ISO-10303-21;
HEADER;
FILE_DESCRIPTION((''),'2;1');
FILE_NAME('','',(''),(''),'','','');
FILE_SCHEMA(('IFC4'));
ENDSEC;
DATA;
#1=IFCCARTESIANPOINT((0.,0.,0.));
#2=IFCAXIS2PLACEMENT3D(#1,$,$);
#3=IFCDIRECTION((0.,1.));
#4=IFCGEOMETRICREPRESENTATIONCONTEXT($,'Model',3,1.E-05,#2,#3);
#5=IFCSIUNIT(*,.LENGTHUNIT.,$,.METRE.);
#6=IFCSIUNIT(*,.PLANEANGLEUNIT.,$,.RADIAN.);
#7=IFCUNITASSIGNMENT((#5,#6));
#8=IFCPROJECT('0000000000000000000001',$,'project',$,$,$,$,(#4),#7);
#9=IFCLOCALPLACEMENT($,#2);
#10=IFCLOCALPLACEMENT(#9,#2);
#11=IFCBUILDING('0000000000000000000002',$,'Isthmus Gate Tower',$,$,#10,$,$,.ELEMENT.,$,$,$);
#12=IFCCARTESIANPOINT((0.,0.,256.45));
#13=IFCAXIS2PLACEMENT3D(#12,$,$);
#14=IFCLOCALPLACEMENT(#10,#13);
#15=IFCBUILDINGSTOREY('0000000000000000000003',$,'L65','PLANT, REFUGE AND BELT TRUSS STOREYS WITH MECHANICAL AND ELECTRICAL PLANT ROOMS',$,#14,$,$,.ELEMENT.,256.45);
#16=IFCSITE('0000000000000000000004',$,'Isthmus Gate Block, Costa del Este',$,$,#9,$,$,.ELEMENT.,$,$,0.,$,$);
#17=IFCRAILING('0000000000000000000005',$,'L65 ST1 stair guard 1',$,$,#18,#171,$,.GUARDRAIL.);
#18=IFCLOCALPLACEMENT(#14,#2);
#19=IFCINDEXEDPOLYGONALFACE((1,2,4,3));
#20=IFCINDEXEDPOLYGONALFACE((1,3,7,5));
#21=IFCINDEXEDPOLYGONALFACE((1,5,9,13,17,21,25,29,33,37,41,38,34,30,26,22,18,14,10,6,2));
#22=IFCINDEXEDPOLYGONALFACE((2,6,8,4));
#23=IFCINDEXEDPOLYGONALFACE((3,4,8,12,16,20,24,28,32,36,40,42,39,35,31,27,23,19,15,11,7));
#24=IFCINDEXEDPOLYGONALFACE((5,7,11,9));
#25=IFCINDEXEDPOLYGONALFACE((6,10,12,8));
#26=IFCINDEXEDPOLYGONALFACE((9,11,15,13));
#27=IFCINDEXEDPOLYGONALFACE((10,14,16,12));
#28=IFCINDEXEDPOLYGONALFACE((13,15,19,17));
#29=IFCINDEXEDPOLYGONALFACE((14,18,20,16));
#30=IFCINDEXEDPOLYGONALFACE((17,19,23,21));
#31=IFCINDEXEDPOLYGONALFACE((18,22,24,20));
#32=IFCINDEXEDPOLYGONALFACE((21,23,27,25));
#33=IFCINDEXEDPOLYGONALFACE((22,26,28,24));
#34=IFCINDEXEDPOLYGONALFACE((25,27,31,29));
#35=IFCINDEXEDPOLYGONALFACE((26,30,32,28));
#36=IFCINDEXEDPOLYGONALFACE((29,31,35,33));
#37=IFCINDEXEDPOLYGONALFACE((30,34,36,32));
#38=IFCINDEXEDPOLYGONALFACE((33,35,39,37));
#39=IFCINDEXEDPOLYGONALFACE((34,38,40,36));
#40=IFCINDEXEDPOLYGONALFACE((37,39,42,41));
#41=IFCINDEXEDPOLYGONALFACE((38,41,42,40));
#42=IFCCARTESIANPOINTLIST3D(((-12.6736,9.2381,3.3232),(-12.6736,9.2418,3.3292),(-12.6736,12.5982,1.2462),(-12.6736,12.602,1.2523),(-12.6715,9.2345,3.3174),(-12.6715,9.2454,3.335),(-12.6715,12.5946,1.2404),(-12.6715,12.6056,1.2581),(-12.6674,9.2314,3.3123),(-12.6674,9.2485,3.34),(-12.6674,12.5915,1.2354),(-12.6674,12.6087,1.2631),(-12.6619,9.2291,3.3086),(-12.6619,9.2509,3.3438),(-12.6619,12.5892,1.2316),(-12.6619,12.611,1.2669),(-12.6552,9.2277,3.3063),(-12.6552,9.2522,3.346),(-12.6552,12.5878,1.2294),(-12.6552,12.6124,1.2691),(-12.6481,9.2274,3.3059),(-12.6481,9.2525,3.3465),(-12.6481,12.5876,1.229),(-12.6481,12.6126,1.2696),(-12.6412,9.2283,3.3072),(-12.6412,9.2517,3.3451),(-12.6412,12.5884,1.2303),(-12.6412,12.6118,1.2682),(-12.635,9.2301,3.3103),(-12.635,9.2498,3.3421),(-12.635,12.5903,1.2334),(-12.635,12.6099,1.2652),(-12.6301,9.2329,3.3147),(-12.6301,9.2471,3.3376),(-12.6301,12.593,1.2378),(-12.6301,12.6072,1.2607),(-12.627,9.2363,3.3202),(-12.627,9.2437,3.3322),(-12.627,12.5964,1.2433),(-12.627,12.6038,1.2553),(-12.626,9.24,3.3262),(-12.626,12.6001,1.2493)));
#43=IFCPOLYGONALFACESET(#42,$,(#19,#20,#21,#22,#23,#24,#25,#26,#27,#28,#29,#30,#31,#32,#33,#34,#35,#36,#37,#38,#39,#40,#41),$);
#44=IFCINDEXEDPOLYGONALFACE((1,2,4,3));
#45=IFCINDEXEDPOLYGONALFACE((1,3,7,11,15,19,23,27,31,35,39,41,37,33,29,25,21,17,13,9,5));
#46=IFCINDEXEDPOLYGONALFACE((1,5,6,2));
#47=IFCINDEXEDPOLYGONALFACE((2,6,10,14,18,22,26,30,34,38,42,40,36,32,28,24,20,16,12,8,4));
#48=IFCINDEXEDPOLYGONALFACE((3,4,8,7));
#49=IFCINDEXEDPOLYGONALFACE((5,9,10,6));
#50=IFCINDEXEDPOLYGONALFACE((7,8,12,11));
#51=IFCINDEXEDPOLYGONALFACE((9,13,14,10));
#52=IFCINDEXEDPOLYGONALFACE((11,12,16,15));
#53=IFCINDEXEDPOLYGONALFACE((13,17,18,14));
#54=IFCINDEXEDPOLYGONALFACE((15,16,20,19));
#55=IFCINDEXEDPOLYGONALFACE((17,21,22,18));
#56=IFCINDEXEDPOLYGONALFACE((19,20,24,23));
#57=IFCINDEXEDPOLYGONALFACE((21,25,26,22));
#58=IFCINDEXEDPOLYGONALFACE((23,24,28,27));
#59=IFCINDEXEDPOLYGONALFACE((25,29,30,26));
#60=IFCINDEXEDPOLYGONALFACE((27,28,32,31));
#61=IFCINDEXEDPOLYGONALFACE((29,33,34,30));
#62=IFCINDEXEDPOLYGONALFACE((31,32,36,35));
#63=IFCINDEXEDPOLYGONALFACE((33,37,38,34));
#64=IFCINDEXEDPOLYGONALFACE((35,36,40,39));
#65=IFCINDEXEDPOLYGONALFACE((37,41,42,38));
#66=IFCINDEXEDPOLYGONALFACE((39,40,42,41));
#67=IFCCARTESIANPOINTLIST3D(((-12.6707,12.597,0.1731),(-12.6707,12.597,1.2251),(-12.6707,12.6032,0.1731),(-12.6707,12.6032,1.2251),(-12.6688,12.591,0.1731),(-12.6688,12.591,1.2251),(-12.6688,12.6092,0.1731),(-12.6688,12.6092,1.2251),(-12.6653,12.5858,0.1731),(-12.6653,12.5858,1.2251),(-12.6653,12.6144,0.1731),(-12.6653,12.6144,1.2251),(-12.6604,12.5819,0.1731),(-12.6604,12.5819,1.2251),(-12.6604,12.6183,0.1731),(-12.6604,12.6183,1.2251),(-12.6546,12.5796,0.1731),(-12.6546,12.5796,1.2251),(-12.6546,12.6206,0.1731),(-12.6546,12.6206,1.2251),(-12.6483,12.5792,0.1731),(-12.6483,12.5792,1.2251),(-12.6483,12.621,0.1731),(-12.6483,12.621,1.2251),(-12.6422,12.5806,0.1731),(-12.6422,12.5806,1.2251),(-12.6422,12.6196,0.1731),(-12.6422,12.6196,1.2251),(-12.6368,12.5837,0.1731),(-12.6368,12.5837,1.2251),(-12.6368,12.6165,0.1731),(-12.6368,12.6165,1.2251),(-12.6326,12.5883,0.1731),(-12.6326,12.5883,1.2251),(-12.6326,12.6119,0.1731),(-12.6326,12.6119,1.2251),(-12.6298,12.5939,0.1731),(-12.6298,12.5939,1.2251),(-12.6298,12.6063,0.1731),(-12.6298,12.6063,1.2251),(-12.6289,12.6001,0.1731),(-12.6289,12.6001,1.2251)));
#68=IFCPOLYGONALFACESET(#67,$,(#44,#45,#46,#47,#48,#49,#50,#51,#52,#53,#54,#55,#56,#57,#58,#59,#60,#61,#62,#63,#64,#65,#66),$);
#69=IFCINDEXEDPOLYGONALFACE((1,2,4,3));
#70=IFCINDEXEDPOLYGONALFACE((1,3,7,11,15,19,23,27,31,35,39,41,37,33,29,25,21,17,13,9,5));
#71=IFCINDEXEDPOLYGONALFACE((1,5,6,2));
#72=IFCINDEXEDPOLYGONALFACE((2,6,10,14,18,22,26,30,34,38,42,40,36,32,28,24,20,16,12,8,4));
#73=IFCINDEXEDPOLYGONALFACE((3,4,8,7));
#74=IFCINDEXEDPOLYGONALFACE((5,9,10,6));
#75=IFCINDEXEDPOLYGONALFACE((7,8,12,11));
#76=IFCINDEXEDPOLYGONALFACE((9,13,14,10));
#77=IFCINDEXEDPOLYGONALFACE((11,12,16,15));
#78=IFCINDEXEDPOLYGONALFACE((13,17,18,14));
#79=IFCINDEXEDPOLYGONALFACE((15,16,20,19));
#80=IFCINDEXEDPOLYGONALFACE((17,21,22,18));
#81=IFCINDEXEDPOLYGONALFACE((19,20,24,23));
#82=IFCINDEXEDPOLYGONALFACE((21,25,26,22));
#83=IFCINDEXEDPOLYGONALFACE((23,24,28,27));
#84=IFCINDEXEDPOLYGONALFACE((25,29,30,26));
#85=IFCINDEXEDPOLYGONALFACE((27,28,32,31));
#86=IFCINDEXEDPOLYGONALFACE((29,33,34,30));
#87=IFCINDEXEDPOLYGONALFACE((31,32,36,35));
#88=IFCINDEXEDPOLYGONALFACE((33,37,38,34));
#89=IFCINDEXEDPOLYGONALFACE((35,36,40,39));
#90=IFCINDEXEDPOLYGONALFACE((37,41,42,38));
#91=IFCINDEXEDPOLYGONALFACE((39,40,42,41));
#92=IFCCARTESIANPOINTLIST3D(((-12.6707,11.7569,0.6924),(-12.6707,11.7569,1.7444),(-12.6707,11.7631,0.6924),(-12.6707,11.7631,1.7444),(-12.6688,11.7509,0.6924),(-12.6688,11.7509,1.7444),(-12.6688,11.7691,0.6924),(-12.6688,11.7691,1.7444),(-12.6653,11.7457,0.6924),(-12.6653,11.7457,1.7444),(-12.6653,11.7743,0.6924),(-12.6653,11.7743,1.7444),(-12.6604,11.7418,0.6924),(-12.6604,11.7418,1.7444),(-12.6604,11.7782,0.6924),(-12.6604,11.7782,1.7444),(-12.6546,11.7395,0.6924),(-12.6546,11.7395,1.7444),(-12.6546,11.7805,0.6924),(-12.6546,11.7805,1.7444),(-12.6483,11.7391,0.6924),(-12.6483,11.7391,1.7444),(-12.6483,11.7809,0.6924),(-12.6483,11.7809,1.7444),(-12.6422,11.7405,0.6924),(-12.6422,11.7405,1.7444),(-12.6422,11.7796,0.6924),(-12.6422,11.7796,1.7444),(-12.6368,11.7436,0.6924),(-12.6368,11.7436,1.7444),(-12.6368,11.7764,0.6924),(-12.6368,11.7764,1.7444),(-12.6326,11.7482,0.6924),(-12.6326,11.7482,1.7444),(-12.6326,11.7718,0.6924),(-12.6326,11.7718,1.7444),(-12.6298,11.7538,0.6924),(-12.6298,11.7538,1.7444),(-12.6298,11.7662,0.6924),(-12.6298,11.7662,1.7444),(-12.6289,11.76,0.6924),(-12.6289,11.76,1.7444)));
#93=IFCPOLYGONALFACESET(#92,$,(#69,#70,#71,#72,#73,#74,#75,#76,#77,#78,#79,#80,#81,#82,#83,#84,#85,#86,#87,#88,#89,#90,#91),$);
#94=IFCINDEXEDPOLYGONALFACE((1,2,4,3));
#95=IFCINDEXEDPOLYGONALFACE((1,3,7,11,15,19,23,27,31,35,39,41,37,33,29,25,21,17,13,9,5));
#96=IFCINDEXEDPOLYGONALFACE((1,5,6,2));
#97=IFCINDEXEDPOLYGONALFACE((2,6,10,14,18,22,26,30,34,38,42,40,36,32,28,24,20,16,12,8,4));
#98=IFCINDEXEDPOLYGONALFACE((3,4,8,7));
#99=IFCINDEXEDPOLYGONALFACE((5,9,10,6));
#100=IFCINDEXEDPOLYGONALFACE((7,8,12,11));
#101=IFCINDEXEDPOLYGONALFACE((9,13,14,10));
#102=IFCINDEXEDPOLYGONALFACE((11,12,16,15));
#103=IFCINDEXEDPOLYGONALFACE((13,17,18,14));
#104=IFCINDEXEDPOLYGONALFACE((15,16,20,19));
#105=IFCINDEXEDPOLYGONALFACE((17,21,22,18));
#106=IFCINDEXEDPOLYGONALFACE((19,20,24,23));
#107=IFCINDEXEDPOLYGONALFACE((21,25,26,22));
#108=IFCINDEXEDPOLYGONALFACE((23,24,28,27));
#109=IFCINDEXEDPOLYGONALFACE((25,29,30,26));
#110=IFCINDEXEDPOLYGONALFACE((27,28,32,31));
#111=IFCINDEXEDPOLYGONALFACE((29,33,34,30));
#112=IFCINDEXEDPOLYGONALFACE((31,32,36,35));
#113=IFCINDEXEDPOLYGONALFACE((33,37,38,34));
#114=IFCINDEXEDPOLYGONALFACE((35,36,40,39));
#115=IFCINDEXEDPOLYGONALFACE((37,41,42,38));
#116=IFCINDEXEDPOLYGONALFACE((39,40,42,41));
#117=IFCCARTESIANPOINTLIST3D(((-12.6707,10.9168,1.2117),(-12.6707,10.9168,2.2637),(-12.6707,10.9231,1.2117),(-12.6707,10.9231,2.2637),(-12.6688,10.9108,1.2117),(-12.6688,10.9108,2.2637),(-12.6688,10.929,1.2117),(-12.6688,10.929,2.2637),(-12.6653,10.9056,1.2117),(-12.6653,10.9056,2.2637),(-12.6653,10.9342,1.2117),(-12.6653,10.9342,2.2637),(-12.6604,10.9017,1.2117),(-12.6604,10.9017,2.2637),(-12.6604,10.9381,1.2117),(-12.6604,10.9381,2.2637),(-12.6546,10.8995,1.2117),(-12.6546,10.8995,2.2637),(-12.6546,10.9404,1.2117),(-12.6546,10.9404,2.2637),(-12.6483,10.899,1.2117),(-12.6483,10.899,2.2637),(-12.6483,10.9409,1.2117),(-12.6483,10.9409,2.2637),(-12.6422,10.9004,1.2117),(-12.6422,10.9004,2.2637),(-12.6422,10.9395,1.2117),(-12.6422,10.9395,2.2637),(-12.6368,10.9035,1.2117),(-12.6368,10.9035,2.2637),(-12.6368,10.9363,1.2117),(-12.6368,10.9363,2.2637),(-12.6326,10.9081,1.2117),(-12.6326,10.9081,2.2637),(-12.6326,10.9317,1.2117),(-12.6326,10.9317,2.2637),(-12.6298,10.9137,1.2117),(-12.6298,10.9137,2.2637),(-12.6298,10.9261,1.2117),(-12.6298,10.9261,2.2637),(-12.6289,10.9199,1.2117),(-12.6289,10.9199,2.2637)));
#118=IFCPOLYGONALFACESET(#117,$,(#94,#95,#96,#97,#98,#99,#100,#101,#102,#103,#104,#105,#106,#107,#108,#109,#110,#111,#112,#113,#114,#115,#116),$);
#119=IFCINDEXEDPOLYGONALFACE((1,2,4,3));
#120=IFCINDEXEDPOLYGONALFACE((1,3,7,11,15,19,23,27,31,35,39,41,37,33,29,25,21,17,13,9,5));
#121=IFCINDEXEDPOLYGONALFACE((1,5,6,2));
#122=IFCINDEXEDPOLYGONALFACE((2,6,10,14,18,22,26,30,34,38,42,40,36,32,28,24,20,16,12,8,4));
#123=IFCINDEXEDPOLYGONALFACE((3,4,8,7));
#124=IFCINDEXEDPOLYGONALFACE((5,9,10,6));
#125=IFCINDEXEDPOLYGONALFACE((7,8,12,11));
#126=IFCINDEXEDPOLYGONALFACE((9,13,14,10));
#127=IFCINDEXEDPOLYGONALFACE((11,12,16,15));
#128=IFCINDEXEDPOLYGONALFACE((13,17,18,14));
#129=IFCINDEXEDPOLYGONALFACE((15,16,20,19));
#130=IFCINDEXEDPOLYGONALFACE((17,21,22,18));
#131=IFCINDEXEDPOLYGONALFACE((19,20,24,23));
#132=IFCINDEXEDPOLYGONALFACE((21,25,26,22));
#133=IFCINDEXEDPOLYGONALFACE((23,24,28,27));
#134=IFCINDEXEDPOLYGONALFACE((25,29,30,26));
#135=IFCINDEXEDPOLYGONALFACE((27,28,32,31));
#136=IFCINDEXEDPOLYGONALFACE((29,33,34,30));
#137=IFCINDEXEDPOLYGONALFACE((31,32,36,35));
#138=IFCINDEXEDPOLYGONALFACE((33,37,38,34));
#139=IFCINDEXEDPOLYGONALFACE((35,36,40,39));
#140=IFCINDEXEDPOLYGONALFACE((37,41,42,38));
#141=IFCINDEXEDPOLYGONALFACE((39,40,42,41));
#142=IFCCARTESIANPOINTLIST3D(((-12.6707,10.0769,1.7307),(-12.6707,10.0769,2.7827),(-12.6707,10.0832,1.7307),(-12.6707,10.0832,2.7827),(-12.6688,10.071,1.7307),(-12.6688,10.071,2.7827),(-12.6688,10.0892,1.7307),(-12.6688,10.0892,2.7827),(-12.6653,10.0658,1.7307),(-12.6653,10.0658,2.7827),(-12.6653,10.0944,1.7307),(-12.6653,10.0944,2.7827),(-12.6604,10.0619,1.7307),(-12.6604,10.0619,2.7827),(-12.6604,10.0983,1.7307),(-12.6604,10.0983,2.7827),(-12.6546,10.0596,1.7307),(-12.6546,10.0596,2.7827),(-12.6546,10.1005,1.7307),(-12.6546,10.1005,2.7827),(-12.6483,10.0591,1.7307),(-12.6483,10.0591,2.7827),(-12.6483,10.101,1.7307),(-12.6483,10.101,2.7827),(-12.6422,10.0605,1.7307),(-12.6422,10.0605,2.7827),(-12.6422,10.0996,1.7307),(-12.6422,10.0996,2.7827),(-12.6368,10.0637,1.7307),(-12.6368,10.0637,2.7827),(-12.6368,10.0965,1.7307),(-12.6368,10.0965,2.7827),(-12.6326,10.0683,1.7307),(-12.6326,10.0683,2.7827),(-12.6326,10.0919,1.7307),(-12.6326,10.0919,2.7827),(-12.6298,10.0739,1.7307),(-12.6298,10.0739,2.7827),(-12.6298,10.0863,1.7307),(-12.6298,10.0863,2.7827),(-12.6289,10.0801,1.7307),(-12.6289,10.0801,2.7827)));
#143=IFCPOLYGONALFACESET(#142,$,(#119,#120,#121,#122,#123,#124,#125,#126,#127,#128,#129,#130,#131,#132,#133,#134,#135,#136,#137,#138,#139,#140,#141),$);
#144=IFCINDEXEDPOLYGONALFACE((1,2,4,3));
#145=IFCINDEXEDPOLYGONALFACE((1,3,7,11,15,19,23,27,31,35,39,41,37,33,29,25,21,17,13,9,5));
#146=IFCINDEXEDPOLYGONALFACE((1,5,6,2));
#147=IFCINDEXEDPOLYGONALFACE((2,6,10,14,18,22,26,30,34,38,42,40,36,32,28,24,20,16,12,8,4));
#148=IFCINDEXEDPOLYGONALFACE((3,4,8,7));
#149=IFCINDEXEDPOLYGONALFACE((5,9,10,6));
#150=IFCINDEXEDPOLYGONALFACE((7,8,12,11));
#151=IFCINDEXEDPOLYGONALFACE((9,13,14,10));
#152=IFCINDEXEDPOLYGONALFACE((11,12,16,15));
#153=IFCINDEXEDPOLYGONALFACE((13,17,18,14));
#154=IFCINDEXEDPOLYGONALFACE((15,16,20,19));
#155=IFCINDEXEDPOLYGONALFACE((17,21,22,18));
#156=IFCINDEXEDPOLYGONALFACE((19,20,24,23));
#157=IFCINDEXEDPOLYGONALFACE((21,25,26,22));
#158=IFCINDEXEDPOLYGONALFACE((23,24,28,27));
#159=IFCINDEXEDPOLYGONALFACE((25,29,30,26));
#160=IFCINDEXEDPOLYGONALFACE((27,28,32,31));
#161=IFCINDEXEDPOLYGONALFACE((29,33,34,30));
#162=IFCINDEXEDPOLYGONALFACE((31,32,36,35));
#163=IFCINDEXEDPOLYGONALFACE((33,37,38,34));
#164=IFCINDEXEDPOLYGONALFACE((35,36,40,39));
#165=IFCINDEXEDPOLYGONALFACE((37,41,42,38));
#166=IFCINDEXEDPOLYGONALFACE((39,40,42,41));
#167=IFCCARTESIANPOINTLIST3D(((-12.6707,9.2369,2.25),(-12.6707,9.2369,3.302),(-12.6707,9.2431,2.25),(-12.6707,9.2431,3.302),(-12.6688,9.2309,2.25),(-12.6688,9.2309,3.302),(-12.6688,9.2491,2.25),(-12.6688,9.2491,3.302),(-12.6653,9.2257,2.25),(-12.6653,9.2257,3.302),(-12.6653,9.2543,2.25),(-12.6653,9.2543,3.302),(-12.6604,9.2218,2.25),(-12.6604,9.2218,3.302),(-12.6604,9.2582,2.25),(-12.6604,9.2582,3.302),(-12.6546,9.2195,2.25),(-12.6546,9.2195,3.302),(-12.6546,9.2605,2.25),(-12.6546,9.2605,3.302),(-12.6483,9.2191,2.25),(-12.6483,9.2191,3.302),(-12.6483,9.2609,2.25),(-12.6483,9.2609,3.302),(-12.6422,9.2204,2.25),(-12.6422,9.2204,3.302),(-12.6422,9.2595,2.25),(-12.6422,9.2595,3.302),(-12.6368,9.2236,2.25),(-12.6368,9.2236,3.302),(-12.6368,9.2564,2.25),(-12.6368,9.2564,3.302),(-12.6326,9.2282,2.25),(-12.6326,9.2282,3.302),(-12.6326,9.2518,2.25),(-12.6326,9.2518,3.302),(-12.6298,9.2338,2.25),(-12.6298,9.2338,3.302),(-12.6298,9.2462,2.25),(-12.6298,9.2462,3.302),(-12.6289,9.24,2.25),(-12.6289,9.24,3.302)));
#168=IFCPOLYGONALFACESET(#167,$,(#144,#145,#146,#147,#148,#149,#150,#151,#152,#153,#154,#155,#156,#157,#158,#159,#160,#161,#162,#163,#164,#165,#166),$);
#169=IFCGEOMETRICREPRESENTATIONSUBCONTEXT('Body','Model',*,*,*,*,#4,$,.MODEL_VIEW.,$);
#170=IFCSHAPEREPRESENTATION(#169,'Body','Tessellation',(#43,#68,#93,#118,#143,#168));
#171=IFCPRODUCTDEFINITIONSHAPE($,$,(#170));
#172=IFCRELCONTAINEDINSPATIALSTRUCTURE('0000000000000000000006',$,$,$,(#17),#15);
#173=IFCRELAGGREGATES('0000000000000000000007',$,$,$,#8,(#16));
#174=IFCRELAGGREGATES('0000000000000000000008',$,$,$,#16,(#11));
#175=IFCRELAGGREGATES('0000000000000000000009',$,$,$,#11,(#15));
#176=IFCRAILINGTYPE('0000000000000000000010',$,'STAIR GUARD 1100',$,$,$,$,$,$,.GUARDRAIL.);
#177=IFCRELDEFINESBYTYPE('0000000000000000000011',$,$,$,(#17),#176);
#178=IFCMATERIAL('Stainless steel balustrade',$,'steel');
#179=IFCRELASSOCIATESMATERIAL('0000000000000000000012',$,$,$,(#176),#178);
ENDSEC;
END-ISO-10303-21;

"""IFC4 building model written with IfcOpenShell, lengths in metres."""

from ifc_helpers import new_model, si_unit, direction, frame, origin, origin_2d, place, context, subcontext, project, spatial, circle, extrude, material, type_object, element, save


model = new_model("IFC4")

# Units and contexts
model_context = context("Model", 3, precision=1e-05, world=origin(), true_north=direction((0.0, 1.0)))
body_context = subcontext(model_context, "Body", "Model", "MODEL_VIEW")
ifc_project = project(units=[si_unit("LENGTHUNIT", "METRE"), si_unit("PLANEANGLEUNIT", "RADIAN")], contexts=[model_context])

# Site, building, storey
site_placement = place(None, origin())
site = spatial("IfcSite", under=ifc_project, at=site_placement, Name="Isthmus Gate Block, Costa del Este", CompositionType="ELEMENT", RefElevation=0.0)
building_placement = place(site_placement, origin())
building = spatial("IfcBuilding", under=site, at=building_placement, Name="Isthmus Gate Tower", CompositionType="ELEMENT")
storey_placement = place(building_placement, frame((0.0, 0.0, 256.45)))
storey = spatial("IfcBuildingStorey", under=building, at=storey_placement, Name="L65", Description="PLANT, REFUGE AND BELT TRUSS STOREYS WITH MECHANICAL AND ELECTRICAL PLANT ROOMS", CompositionType="ELEMENT", Elevation=256.45)

# Railing
ifc_material_1 = material(Name="Stainless steel balustrade", Category="steel")
railing_type_1 = type_object("IfcRailingType", Name="STAIR GUARD 1100", PredefinedType="GUARDRAIL", material=ifc_material_1)
railing_1_placement = place(storey_placement, frame((-12.6499, 12.6001, 0.1731)))
element("IfcRailing", 1, at=railing_1_placement, inside=storey, type_object=railing_type_1, Name="L65 ST1 stair guard 1", PredefinedType="GUARDRAIL", context=body_context, shape_type="SweptSolid", body=[
    extrude(circle(Radius=0.0239, at=origin_2d()), frame((0.0, 0.0, 1.0762), z_axis=(0.0, -0.850623, 0.525776), x_axis=(1.0, 0.0, 0.0)), (0.0, 0.0, 1.0), 3.9502),
    extrude(circle(Radius=0.021, at=origin_2d()), origin(), (0.0, 0.0, 1.0), 1.052),
    extrude(circle(Radius=0.021, at=origin_2d()), frame((0.0, -0.8401, 0.5193)), (0.0, 0.0, 1.0), 1.052),
    extrude(circle(Radius=0.021, at=origin_2d()), frame((0.0, -1.6802, 1.0386)), (0.0, 0.0, 1.0), 1.052),
    extrude(circle(Radius=0.021, at=origin_2d()), frame((0.0, -2.52, 1.5576)), (0.0, 0.0, 1.0), 1.052),
    extrude(circle(Radius=0.021, at=origin_2d()), frame((0.0, -3.3601, 2.0769)), (0.0, 0.0, 1.0), 1.052),
])

save(model, "model.ifc")
